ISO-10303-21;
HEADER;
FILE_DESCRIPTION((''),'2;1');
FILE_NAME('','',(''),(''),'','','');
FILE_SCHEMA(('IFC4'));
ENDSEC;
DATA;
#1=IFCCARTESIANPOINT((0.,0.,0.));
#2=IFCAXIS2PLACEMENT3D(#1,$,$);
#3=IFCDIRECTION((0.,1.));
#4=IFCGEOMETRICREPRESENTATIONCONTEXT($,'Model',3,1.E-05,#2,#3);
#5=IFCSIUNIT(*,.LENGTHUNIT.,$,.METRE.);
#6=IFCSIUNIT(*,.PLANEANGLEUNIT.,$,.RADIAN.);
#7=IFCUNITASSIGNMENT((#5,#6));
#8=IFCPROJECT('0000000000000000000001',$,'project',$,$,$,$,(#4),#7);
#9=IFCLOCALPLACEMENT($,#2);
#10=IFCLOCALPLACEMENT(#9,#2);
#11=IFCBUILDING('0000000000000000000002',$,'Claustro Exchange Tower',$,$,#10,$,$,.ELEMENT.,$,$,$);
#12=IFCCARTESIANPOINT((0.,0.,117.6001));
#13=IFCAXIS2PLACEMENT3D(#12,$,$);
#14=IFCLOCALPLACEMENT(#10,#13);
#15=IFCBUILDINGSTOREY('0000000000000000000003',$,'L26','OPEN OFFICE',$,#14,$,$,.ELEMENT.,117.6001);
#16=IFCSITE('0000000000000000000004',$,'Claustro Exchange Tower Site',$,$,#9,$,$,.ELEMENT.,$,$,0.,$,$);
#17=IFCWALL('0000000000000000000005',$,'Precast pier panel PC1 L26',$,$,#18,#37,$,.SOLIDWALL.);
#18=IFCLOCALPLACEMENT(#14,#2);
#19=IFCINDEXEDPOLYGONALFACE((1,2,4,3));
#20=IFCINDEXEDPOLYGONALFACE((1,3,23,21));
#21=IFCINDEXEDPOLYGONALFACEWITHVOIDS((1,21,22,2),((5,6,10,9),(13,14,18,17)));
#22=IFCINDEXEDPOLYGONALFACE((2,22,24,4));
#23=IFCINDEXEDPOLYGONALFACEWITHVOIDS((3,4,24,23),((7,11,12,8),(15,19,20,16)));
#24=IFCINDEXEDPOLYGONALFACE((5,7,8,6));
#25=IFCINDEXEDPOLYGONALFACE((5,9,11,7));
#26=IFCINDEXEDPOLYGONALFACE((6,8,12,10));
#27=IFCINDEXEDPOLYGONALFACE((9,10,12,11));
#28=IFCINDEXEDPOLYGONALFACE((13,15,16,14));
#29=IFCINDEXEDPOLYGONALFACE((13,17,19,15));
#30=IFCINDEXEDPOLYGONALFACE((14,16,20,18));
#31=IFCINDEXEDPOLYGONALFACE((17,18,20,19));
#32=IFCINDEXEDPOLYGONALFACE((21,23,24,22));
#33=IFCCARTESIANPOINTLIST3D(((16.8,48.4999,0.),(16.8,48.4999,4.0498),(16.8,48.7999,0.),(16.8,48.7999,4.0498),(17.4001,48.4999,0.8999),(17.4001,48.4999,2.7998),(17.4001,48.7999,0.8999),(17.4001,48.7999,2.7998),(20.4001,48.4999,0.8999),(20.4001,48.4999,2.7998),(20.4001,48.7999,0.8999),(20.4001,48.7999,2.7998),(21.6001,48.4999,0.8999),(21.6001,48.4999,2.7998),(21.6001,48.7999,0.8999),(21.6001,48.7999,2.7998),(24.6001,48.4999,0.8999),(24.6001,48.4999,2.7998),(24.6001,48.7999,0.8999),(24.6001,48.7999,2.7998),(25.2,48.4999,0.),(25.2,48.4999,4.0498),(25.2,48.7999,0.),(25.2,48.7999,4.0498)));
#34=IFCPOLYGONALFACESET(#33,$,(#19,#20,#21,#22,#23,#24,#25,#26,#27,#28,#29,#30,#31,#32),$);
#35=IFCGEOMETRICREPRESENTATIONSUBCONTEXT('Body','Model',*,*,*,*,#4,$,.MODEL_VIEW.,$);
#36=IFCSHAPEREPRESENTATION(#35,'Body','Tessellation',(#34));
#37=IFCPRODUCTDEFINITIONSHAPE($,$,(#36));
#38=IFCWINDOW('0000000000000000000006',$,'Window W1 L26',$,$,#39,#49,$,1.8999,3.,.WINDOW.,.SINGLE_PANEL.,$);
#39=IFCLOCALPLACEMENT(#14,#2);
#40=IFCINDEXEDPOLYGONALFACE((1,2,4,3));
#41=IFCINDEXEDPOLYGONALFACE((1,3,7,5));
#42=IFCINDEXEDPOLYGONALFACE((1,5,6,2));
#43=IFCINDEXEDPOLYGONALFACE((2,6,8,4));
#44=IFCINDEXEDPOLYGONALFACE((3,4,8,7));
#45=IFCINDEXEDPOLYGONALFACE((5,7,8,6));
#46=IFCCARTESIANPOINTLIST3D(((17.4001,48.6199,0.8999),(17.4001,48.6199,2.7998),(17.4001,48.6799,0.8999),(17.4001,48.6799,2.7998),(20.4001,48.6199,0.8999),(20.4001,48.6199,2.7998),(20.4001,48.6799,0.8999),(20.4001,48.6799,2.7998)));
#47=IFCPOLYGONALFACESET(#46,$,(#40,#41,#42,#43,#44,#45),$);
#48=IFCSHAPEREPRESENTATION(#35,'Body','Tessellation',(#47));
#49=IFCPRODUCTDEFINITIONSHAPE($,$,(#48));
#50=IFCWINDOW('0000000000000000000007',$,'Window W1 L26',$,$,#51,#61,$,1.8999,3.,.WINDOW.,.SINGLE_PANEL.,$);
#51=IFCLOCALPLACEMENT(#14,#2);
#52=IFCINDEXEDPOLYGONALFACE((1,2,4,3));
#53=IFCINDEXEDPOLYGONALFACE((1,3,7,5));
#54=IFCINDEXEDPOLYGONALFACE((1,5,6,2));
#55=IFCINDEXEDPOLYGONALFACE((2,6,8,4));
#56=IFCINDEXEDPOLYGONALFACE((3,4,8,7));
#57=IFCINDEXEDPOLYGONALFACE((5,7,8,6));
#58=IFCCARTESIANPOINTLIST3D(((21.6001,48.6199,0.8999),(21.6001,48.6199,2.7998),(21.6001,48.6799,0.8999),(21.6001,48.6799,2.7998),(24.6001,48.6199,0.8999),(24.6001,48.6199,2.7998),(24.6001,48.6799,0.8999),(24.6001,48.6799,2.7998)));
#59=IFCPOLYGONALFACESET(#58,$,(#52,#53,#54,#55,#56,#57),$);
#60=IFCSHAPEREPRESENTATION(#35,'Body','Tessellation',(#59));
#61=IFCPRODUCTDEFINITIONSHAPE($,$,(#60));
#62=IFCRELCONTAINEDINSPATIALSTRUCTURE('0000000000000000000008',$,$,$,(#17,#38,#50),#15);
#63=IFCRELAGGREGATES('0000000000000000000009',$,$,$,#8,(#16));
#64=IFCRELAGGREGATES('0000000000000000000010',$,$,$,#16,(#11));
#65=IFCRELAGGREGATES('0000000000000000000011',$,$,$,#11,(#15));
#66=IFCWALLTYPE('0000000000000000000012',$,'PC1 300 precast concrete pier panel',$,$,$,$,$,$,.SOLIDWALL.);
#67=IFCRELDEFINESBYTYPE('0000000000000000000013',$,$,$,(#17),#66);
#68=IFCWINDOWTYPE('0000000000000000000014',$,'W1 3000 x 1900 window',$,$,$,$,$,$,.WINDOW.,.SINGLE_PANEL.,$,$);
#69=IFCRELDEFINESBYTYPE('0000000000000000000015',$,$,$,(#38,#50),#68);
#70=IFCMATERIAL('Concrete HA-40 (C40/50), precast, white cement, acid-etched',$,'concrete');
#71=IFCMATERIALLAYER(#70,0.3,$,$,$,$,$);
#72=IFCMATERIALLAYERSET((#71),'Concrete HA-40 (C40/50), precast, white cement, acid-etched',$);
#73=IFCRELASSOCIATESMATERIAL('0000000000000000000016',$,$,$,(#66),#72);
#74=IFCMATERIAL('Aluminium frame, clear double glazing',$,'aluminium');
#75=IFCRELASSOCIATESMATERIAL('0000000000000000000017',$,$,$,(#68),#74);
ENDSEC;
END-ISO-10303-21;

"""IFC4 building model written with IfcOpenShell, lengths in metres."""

from ifc_helpers import new_model, si_unit, direction, frame, frame_2d, origin, place, context, subcontext, project, spatial, rectangle, extrude, material, layer, layer_set, type_object, element, fill, save


model = new_model("IFC4")

# Units and contexts
model_context = context("Model", 3, precision=1e-05, world=origin(), true_north=direction((0.0, 1.0)))
body_context = subcontext(model_context, "Body", "Model", "MODEL_VIEW")
ifc_project = project(units=[si_unit("LENGTHUNIT", "METRE"), si_unit("PLANEANGLEUNIT", "RADIAN")], contexts=[model_context])

# Site, building, storey
site_placement = place(None, origin())
site = spatial("IfcSite", under=ifc_project, at=site_placement, Name="Claustro Exchange Tower Site", CompositionType="ELEMENT", RefElevation=0.0)
building_placement = place(site_placement, origin())
building = spatial("IfcBuilding", under=site, at=building_placement, Name="Claustro Exchange Tower", CompositionType="ELEMENT")
storey_placement = place(building_placement, frame((0.0, 0.0, 117.6001)))
storey = spatial("IfcBuildingStorey", under=building, at=storey_placement, Name="L26", Description="OPEN OFFICE", CompositionType="ELEMENT", Elevation=117.6001)

# Wall, openings, windows
ifc_material_1 = material(Name="Concrete HA-40 (C40/50), precast, white cement, acid-etched", Category="concrete")
ifc_layer_1 = layer(ifc_material_1, 0.3)
ifc_layer_set_1 = layer_set([ifc_layer_1], Name="Concrete HA-40 (C40/50), precast, white cement, acid-etched")
wall_type_1 = type_object("IfcWallType", Name="PC1 300 precast concrete pier panel", PredefinedType="SOLIDWALL", material=ifc_layer_set_1)
ifc_material_2 = material(Name="Aluminium frame, clear double glazing", Category="aluminium")
window_type = type_object("IfcWindowType", Name="W1 3000 x 1900 window", PartitioningType="SINGLE_PANEL", PredefinedType="WINDOW", material=ifc_material_2)
wall_1_placement = place(storey_placement, frame((16.8, 48.6499, 0.0), z_axis=(0.0, 0.0, 1.0), x_axis=(1.0, 0.0, 0.0)))
wall_1 = element("IfcWall", 1, at=wall_1_placement, inside=storey, type_object=wall_type_1, Name="Precast pier panel PC1 L26", PredefinedType="SOLIDWALL", context=body_context, shape_type="SweptSolid", body=[
    extrude(rectangle(XDim=8.3999, YDim=0.3, at=frame_2d((4.2, 0.0))), origin(), (0.0, 0.0, 1.0), 4.0498),
])
opening_1_placement = place(wall_1_placement, frame((0.6001, 0.0, 0.8999)))
opening_1 = element("IfcOpeningElement", 2, at=opening_1_placement, cuts=wall_1, PredefinedType="OPENING", context=body_context, shape_type="SweptSolid", body=[
    extrude(rectangle(XDim=3.0, YDim=1.8999, at=frame_2d((1.5, 0.95))), frame((0.0, 0.1599, 0.0), z_axis=(0.0, -1.0, 0.0), x_axis=(1.0, 0.0, 0.0)), (0.0, 0.0, 1.0), 0.3201),
])
opening_2_placement = place(wall_1_placement, frame((4.8, 0.0, 0.8999)))
opening_2 = element("IfcOpeningElement", 3, at=opening_2_placement, cuts=wall_1, PredefinedType="OPENING", context=body_context, shape_type="SweptSolid", body=[
    extrude(rectangle(XDim=3.0, YDim=1.8999, at=frame_2d((1.5, 0.95))), frame((0.0, 0.1599, 0.0), z_axis=(0.0, -1.0, 0.0), x_axis=(1.0, 0.0, 0.0)), (0.0, 0.0, 1.0), 0.3201),
])
window_1_placement = place(opening_1_placement, origin())
window_1 = element("IfcWindow", 4, at=window_1_placement, inside=storey, type_object=window_type, Name="Window W1 L26", OverallHeight=1.8999, OverallWidth=3.0, PartitioningType="SINGLE_PANEL", PredefinedType="WINDOW", context=body_context, shape_type="SweptSolid", body=[
    extrude(rectangle(XDim=3.0, YDim=1.8999, at=frame_2d((1.5, 0.95))), frame((0.0, 0.03, 0.0), z_axis=(0.0, -1.0, 0.0), x_axis=(1.0, 0.0, 0.0)), (0.0, 0.0, 1.0), 0.0601),
])
fill(opening_1, window_1)
window_2_placement = place(opening_2_placement, origin())
window_2 = element("IfcWindow", 5, at=window_2_placement, inside=storey, type_object=window_type, Name="Window W1 L26", OverallHeight=1.8999, OverallWidth=3.0, PartitioningType="SINGLE_PANEL", PredefinedType="WINDOW", context=body_context, shape_type="SweptSolid", body=[
    extrude(rectangle(XDim=3.0, YDim=1.8999, at=frame_2d((1.5, 0.95))), frame((0.0, 0.03, 0.0), z_axis=(0.0, -1.0, 0.0), x_axis=(1.0, 0.0, 0.0)), (0.0, 0.0, 1.0), 0.0601),
])
fill(opening_2, window_2)

save(model, "model.ifc")
